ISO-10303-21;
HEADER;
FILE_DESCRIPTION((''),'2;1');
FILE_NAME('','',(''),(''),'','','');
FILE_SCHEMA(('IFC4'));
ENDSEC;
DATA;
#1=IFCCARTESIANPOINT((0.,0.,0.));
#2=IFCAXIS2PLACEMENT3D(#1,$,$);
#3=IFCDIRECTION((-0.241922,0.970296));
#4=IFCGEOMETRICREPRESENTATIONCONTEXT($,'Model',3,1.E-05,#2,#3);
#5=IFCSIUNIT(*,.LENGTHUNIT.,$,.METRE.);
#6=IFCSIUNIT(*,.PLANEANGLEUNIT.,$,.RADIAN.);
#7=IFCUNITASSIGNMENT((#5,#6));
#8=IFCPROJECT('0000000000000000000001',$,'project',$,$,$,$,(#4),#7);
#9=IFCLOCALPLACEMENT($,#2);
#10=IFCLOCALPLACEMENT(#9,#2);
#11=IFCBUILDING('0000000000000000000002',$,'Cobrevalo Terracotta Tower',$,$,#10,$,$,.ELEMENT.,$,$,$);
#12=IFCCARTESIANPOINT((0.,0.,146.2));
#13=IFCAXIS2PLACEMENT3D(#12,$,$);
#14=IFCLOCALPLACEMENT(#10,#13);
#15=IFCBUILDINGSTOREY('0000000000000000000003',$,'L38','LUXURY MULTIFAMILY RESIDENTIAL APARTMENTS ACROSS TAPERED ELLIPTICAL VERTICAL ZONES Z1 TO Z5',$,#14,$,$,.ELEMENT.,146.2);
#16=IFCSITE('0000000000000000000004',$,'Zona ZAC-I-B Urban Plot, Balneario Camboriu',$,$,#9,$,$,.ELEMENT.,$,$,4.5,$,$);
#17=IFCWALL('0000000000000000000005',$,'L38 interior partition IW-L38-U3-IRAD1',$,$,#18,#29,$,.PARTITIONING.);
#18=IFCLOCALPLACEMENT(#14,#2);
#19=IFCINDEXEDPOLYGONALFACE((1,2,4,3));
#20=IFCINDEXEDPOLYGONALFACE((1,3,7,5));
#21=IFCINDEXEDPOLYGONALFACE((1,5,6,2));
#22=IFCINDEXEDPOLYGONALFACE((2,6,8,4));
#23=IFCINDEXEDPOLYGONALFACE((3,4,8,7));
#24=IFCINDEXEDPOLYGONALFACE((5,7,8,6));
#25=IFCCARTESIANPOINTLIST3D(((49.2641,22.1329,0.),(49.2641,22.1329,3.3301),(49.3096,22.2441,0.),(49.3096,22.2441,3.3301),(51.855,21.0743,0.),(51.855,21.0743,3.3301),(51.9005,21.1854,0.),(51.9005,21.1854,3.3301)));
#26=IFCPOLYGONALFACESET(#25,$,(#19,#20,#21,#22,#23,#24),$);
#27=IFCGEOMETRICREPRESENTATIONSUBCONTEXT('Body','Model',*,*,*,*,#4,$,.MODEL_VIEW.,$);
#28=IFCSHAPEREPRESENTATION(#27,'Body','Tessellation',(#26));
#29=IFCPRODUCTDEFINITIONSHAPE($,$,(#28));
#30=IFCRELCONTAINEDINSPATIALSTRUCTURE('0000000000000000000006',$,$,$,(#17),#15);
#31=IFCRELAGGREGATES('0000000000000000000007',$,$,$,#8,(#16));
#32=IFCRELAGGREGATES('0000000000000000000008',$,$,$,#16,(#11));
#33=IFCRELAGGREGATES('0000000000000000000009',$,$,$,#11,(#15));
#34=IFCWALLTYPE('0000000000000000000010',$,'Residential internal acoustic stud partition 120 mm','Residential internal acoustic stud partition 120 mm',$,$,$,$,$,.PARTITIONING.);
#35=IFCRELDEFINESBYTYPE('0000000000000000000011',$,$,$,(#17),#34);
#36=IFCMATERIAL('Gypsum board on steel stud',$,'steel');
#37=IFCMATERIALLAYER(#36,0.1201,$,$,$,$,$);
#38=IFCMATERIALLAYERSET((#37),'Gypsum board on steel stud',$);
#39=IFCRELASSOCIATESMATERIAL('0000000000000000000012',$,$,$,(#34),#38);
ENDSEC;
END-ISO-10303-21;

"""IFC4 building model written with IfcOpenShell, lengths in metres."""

from ifc_helpers import new_model, si_unit, direction, frame, frame_2d, origin, place, context, subcontext, project, spatial, rectangle, extrude, material, layer, layer_set, type_object, element, save


model = new_model("IFC4")

# Units and contexts
model_context = context("Model", 3, precision=1e-05, world=origin(), true_north=direction((-0.241922, 0.970296)))
body_context = subcontext(model_context, "Body", "Model", "MODEL_VIEW")
ifc_project = project(units=[si_unit("LENGTHUNIT", "METRE"), si_unit("PLANEANGLEUNIT", "RADIAN")], contexts=[model_context])

# Site, building, storey
site_placement = place(None, origin())
site = spatial("IfcSite", under=ifc_project, at=site_placement, Name="Zona ZAC-I-B Urban Plot, Balneario Camboriu", CompositionType="ELEMENT", RefElevation=4.5)
building_placement = place(site_placement, origin())
building = spatial("IfcBuilding", under=site, at=building_placement, Name="Cobrevalo Terracotta Tower", CompositionType="ELEMENT")
storey_placement = place(building_placement, frame((0.0, 0.0, 146.2)))
storey = spatial("IfcBuildingStorey", under=building, at=storey_placement, Name="L38", Description="LUXURY MULTIFAMILY RESIDENTIAL APARTMENTS ACROSS TAPERED ELLIPTICAL VERTICAL ZONES Z1 TO Z5", CompositionType="ELEMENT", Elevation=146.2)

# Shared definitions
ifc_material_1 = material(Name="Gypsum board on steel stud", Category="steel")

# Wall
ifc_layer_1 = layer(ifc_material_1, 0.1201)
ifc_layer_set_1 = layer_set([ifc_layer_1], Name="Gypsum board on steel stud")
wall_type_1 = type_object("IfcWallType", Name="Residential internal acoustic stud partition 120 mm", Description="Residential internal acoustic stud partition 120 mm", PredefinedType="PARTITIONING", material=ifc_layer_set_1)
wall_1_placement = place(storey_placement, frame((49.2869, 22.1885, 0.0), z_axis=(0.0, 0.0, 1.0), x_axis=(0.925708, -0.378239, 0.0)))
element("IfcWall", 1, at=wall_1_placement, inside=storey, type_object=wall_type_1, Name="L38 interior partition IW-L38-U3-IRAD1", PredefinedType="PARTITIONING", context=body_context, shape_type="SweptSolid", body=[
    extrude(rectangle(XDim=2.7988, YDim=0.1201, at=frame_2d((1.3994, 0.0))), origin(), (0.0, 0.0, 1.0), 3.3301),
])

save(model, "model.ifc")
